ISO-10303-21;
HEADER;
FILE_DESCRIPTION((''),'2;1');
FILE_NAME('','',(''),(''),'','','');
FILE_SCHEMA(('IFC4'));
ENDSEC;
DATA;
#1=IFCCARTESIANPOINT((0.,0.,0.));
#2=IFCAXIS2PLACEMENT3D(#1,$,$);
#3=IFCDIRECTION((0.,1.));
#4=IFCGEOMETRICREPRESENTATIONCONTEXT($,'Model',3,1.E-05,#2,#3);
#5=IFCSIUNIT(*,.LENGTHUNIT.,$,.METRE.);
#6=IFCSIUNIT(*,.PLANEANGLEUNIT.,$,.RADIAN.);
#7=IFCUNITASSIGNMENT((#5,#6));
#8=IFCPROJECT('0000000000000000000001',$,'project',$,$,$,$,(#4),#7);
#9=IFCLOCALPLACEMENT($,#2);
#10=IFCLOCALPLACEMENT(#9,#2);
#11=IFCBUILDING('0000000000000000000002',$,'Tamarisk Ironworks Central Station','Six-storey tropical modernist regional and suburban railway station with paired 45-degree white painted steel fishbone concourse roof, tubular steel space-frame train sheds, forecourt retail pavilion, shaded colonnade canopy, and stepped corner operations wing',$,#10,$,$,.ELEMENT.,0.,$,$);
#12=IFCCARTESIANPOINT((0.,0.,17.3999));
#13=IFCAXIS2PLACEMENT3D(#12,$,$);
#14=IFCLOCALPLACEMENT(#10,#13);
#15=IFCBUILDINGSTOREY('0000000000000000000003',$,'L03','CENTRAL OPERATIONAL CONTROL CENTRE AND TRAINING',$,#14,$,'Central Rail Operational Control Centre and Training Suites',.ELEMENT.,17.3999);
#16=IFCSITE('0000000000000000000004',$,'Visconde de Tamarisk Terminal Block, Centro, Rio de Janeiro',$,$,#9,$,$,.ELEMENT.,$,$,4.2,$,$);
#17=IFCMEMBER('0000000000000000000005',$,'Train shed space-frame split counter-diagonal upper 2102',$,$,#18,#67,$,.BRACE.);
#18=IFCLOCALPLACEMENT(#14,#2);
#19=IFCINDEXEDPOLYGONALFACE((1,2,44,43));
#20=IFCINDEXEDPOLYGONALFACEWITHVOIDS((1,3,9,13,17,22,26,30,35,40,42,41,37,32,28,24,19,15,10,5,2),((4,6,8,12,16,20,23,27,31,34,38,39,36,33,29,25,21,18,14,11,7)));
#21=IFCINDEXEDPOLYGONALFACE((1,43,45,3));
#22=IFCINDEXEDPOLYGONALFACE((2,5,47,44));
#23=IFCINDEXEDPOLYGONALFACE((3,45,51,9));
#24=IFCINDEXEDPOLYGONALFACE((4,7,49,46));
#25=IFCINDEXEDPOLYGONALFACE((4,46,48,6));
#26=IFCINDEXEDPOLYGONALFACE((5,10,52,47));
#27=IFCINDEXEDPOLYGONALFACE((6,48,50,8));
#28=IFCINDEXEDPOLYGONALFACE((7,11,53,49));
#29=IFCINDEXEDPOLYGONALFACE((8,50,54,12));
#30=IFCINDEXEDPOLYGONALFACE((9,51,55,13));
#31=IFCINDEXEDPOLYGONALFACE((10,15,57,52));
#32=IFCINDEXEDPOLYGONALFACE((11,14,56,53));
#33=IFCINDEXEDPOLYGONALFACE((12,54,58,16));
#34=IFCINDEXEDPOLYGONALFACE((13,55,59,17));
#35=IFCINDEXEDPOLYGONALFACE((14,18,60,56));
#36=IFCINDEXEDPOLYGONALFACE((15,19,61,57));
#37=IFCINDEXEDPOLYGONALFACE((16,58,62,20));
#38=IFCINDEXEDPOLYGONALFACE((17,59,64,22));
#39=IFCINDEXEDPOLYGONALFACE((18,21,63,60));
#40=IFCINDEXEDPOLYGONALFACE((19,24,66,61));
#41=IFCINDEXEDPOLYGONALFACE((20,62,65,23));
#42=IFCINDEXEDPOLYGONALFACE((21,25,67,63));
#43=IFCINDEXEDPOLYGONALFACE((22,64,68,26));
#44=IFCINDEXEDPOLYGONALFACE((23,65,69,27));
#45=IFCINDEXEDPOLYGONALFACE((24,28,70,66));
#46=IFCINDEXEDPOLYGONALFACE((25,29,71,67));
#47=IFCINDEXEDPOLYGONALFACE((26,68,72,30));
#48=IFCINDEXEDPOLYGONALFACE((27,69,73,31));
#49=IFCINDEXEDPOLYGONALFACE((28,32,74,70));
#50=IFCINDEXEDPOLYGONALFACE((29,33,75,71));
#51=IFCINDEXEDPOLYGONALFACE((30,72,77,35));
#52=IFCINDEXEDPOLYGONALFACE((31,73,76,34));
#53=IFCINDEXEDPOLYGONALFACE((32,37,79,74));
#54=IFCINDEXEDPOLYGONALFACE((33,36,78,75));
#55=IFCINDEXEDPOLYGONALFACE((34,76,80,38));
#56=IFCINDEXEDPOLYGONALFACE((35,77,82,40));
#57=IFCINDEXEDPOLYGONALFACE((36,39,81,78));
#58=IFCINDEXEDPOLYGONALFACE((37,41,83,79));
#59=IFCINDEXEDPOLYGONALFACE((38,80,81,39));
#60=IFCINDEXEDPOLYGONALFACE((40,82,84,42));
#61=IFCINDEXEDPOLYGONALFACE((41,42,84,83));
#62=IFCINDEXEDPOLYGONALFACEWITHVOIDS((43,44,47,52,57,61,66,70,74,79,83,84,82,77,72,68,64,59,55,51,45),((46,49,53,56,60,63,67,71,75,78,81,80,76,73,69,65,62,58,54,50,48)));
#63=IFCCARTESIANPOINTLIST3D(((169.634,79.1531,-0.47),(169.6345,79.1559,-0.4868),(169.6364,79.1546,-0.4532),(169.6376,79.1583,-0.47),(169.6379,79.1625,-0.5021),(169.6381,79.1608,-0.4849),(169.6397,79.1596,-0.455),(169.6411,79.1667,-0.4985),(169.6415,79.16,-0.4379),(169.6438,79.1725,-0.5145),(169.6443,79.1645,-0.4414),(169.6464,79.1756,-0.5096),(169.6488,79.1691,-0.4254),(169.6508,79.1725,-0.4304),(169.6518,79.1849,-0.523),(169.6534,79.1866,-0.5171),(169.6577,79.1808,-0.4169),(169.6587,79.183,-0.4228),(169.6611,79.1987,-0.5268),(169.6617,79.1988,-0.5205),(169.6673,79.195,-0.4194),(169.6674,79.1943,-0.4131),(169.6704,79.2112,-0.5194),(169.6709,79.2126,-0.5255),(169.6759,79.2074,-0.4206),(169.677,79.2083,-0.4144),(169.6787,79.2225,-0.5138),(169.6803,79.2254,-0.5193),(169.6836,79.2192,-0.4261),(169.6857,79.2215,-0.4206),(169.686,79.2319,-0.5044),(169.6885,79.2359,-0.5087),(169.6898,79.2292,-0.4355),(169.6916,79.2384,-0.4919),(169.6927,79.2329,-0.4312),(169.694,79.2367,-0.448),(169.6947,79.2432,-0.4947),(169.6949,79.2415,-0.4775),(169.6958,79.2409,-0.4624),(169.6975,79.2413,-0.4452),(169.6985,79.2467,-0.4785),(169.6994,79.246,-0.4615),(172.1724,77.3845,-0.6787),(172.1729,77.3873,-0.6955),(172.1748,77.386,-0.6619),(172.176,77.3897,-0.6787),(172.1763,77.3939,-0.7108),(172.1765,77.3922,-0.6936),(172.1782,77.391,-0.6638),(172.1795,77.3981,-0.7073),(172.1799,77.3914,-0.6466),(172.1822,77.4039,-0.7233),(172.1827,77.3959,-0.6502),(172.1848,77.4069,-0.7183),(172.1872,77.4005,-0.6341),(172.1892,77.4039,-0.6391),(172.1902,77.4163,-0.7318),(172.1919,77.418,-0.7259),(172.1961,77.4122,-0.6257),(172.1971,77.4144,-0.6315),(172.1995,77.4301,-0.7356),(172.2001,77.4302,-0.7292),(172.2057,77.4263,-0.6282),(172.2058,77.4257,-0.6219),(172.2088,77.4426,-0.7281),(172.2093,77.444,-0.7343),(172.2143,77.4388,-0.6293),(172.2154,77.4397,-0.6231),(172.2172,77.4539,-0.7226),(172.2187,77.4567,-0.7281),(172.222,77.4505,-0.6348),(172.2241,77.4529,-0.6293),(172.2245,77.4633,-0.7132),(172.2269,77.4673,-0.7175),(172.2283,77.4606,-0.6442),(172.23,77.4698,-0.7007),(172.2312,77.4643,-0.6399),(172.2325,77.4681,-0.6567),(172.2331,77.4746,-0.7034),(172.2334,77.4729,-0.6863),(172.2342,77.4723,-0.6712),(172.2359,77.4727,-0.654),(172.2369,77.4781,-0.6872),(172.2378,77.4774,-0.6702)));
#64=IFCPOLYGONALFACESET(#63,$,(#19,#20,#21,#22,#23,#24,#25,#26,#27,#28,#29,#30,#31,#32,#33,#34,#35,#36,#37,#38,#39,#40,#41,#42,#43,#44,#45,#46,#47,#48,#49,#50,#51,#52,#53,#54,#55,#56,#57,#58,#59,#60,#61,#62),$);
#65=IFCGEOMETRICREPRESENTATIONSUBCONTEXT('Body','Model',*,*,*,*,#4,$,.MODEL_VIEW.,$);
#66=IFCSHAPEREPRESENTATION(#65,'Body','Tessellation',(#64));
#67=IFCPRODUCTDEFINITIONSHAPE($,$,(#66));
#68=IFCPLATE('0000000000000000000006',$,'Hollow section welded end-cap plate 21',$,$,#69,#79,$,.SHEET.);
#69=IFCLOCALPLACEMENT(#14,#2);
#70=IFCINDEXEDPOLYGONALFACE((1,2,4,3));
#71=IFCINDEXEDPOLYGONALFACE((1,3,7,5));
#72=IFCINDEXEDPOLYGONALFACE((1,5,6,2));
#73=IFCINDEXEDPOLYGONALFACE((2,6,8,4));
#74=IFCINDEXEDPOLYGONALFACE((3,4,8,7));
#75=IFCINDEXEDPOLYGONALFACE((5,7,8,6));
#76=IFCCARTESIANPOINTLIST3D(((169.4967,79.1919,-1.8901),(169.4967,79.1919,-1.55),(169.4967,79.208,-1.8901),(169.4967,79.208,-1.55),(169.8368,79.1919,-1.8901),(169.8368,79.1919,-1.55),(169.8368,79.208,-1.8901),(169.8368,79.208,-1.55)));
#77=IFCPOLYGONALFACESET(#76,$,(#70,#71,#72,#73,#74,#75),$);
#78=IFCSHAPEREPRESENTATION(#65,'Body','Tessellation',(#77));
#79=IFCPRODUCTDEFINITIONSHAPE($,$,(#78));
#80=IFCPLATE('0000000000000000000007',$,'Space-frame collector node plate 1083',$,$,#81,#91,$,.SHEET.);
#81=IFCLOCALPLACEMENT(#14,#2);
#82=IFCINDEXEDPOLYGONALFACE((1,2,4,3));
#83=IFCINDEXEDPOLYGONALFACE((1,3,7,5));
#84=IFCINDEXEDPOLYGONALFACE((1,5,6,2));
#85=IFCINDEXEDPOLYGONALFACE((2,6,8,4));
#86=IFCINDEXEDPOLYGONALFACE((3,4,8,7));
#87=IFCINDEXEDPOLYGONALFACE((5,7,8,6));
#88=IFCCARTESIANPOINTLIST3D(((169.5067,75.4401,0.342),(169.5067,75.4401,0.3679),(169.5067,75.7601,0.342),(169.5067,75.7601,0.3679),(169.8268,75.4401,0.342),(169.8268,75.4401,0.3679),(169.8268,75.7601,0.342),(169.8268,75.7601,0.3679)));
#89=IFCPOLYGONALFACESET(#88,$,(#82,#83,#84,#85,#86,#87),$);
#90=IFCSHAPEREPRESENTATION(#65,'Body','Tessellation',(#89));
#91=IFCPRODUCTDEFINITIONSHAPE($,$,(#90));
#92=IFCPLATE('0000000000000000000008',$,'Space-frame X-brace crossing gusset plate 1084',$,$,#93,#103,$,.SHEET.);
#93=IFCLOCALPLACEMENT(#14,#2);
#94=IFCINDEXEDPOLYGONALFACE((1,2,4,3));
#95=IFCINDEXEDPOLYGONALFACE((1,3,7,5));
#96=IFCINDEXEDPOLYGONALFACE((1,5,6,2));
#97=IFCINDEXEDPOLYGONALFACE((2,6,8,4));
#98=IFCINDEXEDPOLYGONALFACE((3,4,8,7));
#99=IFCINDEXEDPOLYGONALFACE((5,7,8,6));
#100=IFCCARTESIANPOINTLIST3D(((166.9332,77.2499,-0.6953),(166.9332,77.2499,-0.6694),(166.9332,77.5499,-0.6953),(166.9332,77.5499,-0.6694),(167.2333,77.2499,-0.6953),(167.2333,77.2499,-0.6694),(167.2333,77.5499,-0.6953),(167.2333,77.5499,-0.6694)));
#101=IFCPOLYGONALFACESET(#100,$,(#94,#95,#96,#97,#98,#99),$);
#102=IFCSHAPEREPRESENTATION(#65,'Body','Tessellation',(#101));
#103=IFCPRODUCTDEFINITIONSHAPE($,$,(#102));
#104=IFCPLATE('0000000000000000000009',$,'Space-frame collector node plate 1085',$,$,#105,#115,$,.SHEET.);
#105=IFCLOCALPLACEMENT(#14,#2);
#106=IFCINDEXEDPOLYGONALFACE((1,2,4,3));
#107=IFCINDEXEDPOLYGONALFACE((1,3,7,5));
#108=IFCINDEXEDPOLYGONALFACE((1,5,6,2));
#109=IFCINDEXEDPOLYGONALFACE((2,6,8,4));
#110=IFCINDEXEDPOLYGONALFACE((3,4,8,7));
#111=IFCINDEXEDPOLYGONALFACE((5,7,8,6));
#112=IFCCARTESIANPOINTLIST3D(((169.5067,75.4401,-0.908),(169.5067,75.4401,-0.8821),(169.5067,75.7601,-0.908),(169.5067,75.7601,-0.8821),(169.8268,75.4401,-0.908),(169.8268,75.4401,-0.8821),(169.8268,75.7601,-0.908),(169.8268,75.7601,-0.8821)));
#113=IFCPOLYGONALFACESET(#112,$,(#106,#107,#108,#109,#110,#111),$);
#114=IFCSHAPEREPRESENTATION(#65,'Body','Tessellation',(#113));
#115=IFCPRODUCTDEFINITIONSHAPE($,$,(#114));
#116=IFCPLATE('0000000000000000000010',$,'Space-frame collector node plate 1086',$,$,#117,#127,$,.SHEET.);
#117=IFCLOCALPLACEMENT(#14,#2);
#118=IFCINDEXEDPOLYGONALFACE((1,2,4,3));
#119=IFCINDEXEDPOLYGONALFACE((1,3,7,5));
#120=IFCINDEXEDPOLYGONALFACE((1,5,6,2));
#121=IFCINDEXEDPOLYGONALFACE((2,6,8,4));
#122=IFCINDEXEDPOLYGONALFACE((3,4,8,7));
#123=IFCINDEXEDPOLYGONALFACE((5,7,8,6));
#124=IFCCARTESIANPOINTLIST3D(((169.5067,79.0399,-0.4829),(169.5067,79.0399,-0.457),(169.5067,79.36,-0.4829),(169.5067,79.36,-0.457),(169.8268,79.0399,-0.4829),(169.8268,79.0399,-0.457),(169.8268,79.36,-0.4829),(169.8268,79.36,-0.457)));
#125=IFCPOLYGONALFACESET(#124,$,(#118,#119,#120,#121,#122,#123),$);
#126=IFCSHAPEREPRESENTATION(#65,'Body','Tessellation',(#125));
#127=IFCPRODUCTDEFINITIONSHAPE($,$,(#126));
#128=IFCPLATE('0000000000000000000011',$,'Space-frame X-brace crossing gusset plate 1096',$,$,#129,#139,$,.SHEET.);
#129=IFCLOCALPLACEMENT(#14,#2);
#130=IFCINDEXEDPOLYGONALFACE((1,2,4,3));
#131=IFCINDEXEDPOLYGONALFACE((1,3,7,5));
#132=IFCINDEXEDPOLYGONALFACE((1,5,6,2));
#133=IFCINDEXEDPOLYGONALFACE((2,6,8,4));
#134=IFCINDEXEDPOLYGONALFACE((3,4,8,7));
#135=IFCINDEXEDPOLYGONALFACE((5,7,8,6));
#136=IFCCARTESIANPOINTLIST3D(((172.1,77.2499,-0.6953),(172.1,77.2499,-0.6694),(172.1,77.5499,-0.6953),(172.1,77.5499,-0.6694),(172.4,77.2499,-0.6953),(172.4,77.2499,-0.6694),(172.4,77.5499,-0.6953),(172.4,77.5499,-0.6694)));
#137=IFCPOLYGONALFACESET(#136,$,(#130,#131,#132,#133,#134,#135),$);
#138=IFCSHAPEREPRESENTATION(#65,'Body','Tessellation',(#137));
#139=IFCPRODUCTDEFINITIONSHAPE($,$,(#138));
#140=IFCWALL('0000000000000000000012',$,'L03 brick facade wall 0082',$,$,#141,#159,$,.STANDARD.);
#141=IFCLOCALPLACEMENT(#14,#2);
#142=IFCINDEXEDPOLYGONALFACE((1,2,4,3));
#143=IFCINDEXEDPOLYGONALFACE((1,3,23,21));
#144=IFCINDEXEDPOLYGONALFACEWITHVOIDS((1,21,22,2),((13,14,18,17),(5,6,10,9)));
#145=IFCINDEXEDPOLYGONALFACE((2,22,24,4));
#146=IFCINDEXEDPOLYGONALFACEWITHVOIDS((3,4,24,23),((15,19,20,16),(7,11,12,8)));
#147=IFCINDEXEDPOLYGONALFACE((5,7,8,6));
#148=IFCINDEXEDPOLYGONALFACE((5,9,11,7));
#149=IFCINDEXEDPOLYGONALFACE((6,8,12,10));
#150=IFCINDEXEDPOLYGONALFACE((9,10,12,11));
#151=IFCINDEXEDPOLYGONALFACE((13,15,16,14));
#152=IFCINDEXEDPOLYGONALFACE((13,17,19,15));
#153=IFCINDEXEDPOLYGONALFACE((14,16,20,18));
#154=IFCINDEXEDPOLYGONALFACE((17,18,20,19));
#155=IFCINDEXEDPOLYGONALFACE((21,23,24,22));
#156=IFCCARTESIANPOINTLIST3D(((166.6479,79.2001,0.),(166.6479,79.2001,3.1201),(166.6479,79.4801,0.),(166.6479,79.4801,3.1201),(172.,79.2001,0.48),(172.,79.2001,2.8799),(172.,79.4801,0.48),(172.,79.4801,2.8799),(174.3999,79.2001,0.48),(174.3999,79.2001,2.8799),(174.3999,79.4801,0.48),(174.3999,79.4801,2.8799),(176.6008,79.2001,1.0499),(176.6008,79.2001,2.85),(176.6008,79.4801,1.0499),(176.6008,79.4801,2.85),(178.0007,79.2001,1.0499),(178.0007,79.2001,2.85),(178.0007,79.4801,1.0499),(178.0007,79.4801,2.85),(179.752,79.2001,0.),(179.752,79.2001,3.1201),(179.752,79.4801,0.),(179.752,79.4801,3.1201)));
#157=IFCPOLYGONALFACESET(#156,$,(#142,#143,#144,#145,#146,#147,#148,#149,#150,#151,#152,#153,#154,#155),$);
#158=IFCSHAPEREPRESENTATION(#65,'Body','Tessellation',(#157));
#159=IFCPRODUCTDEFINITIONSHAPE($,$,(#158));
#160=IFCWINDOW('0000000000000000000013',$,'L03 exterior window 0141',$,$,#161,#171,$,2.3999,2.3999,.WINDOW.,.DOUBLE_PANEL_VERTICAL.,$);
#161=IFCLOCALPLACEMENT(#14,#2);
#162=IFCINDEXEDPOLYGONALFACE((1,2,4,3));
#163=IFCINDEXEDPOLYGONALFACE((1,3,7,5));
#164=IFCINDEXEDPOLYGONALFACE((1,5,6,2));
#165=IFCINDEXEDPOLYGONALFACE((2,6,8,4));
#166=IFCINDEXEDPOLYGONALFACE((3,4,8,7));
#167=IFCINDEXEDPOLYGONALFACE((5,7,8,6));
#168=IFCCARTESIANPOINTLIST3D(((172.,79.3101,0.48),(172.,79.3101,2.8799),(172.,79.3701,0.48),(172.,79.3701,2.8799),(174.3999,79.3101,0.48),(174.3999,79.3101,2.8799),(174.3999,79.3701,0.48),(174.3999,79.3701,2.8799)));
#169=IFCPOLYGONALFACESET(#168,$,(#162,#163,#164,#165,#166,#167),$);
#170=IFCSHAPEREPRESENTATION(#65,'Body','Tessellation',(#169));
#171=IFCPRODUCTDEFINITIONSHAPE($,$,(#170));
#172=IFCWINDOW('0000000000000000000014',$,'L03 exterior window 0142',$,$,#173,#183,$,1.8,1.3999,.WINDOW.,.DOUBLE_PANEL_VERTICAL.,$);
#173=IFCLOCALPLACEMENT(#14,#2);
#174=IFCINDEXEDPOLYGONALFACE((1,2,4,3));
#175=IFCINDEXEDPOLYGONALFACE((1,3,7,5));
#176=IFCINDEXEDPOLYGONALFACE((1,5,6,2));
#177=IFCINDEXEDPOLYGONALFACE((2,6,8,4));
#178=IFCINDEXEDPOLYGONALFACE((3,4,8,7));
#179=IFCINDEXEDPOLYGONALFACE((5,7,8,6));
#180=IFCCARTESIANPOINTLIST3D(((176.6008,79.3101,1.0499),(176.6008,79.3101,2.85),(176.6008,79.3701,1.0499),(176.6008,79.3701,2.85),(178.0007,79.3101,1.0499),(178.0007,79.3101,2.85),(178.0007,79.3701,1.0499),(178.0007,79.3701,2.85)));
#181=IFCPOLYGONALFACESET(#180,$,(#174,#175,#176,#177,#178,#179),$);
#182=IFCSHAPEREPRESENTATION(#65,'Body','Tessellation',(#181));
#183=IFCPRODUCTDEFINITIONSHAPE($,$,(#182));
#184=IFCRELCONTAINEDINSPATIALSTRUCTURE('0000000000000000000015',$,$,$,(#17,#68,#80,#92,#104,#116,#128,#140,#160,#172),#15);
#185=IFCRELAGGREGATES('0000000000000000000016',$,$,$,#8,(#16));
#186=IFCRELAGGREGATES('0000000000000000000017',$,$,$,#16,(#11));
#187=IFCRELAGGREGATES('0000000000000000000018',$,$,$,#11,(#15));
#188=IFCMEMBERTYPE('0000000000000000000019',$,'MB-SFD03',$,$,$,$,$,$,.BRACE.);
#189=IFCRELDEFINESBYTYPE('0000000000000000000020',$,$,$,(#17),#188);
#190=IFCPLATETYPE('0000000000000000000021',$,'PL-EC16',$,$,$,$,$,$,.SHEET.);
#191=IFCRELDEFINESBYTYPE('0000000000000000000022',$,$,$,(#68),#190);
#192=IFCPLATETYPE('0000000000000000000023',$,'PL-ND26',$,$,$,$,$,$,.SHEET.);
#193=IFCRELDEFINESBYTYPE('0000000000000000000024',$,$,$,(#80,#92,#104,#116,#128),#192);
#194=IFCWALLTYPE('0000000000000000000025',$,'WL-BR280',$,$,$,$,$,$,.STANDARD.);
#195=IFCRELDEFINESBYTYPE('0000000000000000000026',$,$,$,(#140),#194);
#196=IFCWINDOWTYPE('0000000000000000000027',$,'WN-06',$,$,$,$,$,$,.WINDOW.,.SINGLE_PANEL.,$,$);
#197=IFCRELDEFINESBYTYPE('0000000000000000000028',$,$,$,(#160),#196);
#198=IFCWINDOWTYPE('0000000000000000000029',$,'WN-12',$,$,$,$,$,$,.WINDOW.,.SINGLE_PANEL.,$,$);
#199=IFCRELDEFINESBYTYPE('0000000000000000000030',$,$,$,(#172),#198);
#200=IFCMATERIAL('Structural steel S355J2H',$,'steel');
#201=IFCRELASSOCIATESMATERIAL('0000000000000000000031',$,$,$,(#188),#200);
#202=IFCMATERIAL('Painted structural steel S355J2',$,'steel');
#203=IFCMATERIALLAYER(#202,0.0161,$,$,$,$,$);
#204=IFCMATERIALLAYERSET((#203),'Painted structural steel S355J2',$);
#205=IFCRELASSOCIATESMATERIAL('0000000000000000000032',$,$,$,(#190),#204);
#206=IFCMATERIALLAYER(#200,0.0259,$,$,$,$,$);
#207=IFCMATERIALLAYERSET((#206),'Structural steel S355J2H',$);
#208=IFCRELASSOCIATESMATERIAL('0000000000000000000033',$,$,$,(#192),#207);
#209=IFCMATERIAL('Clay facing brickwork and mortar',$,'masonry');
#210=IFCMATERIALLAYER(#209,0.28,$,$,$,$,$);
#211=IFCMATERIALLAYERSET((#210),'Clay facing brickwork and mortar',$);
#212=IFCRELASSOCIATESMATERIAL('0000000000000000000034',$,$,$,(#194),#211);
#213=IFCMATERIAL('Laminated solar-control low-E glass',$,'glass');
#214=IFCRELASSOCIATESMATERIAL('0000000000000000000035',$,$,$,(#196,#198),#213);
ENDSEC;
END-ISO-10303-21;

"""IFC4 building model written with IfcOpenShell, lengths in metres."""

from ifc_helpers import new_model, si_unit, direction, frame, frame_2d, origin, origin_2d, place, context, subcontext, project, spatial, rectangle, hollow_circle, extrude, material, layer, layer_set, material_profile, profile_set, type_object, element, fill, save


model = new_model("IFC4")

# Units and contexts
model_context = context("Model", 3, precision=1e-05, world=origin(), true_north=direction((0.0, 1.0)))
body_context = subcontext(model_context, "Body", "Model", "MODEL_VIEW")
ifc_project = project(units=[si_unit("LENGTHUNIT", "METRE"), si_unit("PLANEANGLEUNIT", "RADIAN")], contexts=[model_context])

# Site, building, storey
site_placement = place(None, origin())
site = spatial("IfcSite", under=ifc_project, at=site_placement, Name="Visconde de Tamarisk Terminal Block, Centro, Rio de Janeiro", CompositionType="ELEMENT", RefElevation=4.2)
building_placement = place(site_placement, origin())
building = spatial("IfcBuilding", under=site, at=building_placement, Name="Tamarisk Ironworks Central Station", Description="Six-storey tropical modernist regional and suburban railway station with paired 45-degree white painted steel fishbone concourse roof, tubular steel space-frame train sheds, forecourt retail pavilion, shaded colonnade canopy, and stepped corner operations wing", CompositionType="ELEMENT", ElevationOfRefHeight=0.0)
storey_placement = place(building_placement, frame((0.0, 0.0, 17.3999)))
storey = spatial("IfcBuildingStorey", under=building, at=storey_placement, Name="L03", Description="CENTRAL OPERATIONAL CONTROL CENTRE AND TRAINING", LongName="Central Rail Operational Control Centre and Training Suites", CompositionType="ELEMENT", Elevation=17.3999)

# Member
ifc_material_1 = material(Name="Structural steel S355J2H", Category="steel")
ifc_material_profile_1 = material_profile(ifc_material_1, hollow_circle(Radius=0.0571, WallThickness=0.0063, at=origin_2d()), Name="CHS 114.3x6.3")
ifc_profile_set_1 = profile_set([ifc_material_profile_1], Name="Structural steel S355J2H")
member_type_1 = type_object("IfcMemberType", Name="MB-SFD03", PredefinedType="BRACE", material=ifc_profile_set_1)
for number, where, z_axis, x_axis, name in (
    (1, (172.2051, 77.4314, -0.6787), (-0.818625, 0.570369, 0.06732), (-0.571666, -0.820487, 0.0), "Train shed space-frame split counter-diagonal upper 2102"),
):
    element("IfcMember", number, at=place(storey_placement, frame(where, z_axis=z_axis, x_axis=x_axis)), inside=storey, type_object=member_type_1, Name=name, PredefinedType="BRACE", context=body_context, shape_type="SweptSolid", body=[
        extrude(hollow_circle(Radius=0.0571, WallThickness=0.0063, at=origin_2d()), origin(), (0.0, 0.0, 1.0), 3.1008),
    ])

# Plates
ifc_material_2 = material(Name="Painted structural steel S355J2", Category="steel")
ifc_layer_1 = layer(ifc_material_2, 0.0161)
ifc_layer_set_1 = layer_set([ifc_layer_1], Name="Painted structural steel S355J2")
plate_type_1 = type_object("IfcPlateType", Name="PL-EC16", PredefinedType="SHEET", material=ifc_layer_set_1)
plate_1_placement = place(storey_placement, frame((169.6667, 79.2, -1.8901), z_axis=(0.0, 0.0, 1.0), x_axis=(1.0, 0.0, 0.0)))
element("IfcPlate", 2, at=plate_1_placement, inside=storey, type_object=plate_type_1, Name="Hollow section welded end-cap plate 21", PredefinedType="SHEET", context=body_context, shape_type="SweptSolid", body=[
    extrude(rectangle(XDim=0.3401, YDim=0.0161, at=origin_2d()), origin(), (0.0, 0.0, 1.0), 0.3401),
])
ifc_layer_2 = layer(ifc_material_1, 0.0259)
ifc_layer_set_2 = layer_set([ifc_layer_2], Name="Structural steel S355J2H")
plate_type_2 = type_object("IfcPlateType", Name="PL-ND26", PredefinedType="SHEET", material=ifc_layer_set_2)
plate_2_placement = place(storey_placement, frame((169.6667, 75.6001, 0.342), z_axis=(0.0, 0.0, 1.0), x_axis=(1.0, 0.0, 0.0)))
element("IfcPlate", 3, at=plate_2_placement, inside=storey, type_object=plate_type_2, Name="Space-frame collector node plate 1083", PredefinedType="SHEET", context=body_context, shape_type="SweptSolid", body=[
    extrude(rectangle(XDim=0.3201, YDim=0.3201, at=origin_2d()), origin(), (0.0, 0.0, 1.0), 0.0259),
])
plate_3_placement = place(storey_placement, frame((167.0833, 77.3999, -0.6953), z_axis=(0.0, 0.0, 1.0), x_axis=(1.0, 0.0, 0.0)))
element("IfcPlate", 4, at=plate_3_placement, inside=storey, type_object=plate_type_2, Name="Space-frame X-brace crossing gusset plate 1084", PredefinedType="SHEET", context=body_context, shape_type="SweptSolid", body=[
    extrude(rectangle(XDim=0.3, YDim=0.3, at=origin_2d()), origin(), (0.0, 0.0, 1.0), 0.0259),
])
for number, where, z_axis, x_axis, name in (
    (5, (169.6667, 75.6001, -0.908), (0.0, 0.0, 1.0), (1.0, 0.0, 0.0), "Space-frame collector node plate 1085"),
    (6, (169.6667, 79.2, -0.4829), (0.0, 0.0, 1.0), (1.0, 0.0, 0.0), "Space-frame collector node plate 1086"),
):
    element("IfcPlate", number, at=place(storey_placement, frame(where, z_axis=z_axis, x_axis=x_axis)), inside=storey, type_object=plate_type_2, Name=name, PredefinedType="SHEET", context=body_context, shape_type="SweptSolid", body=[
        extrude(rectangle(XDim=0.3201, YDim=0.3201, at=origin_2d()), origin(), (0.0, 0.0, 1.0), 0.0259),
    ])
plate_4_placement = place(storey_placement, frame((172.25, 77.3999, -0.6953), z_axis=(0.0, 0.0, 1.0), x_axis=(1.0, 0.0, 0.0)))
element("IfcPlate", 7, at=plate_4_placement, inside=storey, type_object=plate_type_2, Name="Space-frame X-brace crossing gusset plate 1096", PredefinedType="SHEET", context=body_context, shape_type="SweptSolid", body=[
    extrude(rectangle(XDim=0.3, YDim=0.3, at=origin_2d()), origin(), (0.0, 0.0, 1.0), 0.0259),
])

# Wall, openings, windows
ifc_material_3 = material(Name="Clay facing brickwork and mortar", Category="masonry")
ifc_layer_3 = layer(ifc_material_3, 0.28)
ifc_layer_set_3 = layer_set([ifc_layer_3], Name="Clay facing brickwork and mortar")
wall_type = type_object("IfcWallType", Name="WL-BR280", PredefinedType="STANDARD", material=ifc_layer_set_3)
wall_placement = place(storey_placement, frame((166.6479, 79.3401, 0.0), z_axis=(0.0, 0.0, 1.0), x_axis=(1.0, 0.0, 0.0)))
wall = element("IfcWall", 8, at=wall_placement, inside=storey, type_object=wall_type, Name="L03 brick facade wall 0082", PredefinedType="STANDARD", context=body_context, shape_type="SweptSolid", body=[
    extrude(rectangle(XDim=13.104, YDim=0.28, at=frame_2d((6.552, 0.0))), origin(), (0.0, 0.0, 1.0), 3.1201),
])
opening_1_placement = place(wall_placement, frame((5.3521, 0.0, 0.48)))
opening_1 = element("IfcOpeningElement", 9, at=opening_1_placement, cuts=wall, PredefinedType="OPENING", context=body_context, shape_type="SweptSolid", body=[
    extrude(rectangle(XDim=2.3999, YDim=2.3999, at=frame_2d((1.2, 1.2))), frame((0.0, 0.1519, 0.0), z_axis=(0.0, -1.0, 0.0), x_axis=(1.0, 0.0, 0.0)), (0.0, 0.0, 1.0), 0.304),
])
opening_2_placement = place(wall_placement, frame((9.9529, 0.0, 1.05)))
opening_2 = element("IfcOpeningElement", 10, at=opening_2_placement, cuts=wall, PredefinedType="OPENING", context=body_context, shape_type="SweptSolid", body=[
    extrude(rectangle(XDim=1.3999, YDim=1.8, at=frame_2d((0.7, 0.8999))), frame((0.0, 0.1519, 0.0), z_axis=(0.0, -1.0, 0.0), x_axis=(1.0, 0.0, 0.0)), (0.0, 0.0, 1.0), 0.304),
])
ifc_material_4 = material(Name="Laminated solar-control low-E glass", Category="glass")
window_type_1 = type_object("IfcWindowType", Name="WN-06", PartitioningType="SINGLE_PANEL", PredefinedType="WINDOW", material=ifc_material_4)
window_1_placement = place(opening_1_placement, origin())
window_1 = element("IfcWindow", 11, at=window_1_placement, inside=storey, type_object=window_type_1, Name="L03 exterior window 0141", OverallHeight=2.3999, OverallWidth=2.3999, PartitioningType="DOUBLE_PANEL_VERTICAL", PredefinedType="WINDOW", context=body_context, shape_type="SweptSolid", body=[
    extrude(rectangle(XDim=2.3999, YDim=2.3999, at=frame_2d((1.2, 1.2))), frame((0.0, 0.03, 0.0), z_axis=(0.0, -1.0, 0.0), x_axis=(1.0, 0.0, 0.0)), (0.0, 0.0, 1.0), 0.0601),
])
fill(opening_1, window_1)
window_type_2 = type_object("IfcWindowType", Name="WN-12", PartitioningType="SINGLE_PANEL", PredefinedType="WINDOW", material=ifc_material_4)
window_2_placement = place(opening_2_placement, origin())
window_2 = element("IfcWindow", 12, at=window_2_placement, inside=storey, type_object=window_type_2, Name="L03 exterior window 0142", OverallHeight=1.8, OverallWidth=1.3999, PartitioningType="DOUBLE_PANEL_VERTICAL", PredefinedType="WINDOW", context=body_context, shape_type="SweptSolid", body=[
    extrude(rectangle(XDim=1.3999, YDim=1.8, at=frame_2d((0.7, 0.8999))), frame((0.0, 0.03, 0.0), z_axis=(0.0, -1.0, 0.0), x_axis=(1.0, 0.0, 0.0)), (0.0, 0.0, 1.0), 0.0601),
])
fill(opening_2, window_2)

save(model, "model.ifc")
